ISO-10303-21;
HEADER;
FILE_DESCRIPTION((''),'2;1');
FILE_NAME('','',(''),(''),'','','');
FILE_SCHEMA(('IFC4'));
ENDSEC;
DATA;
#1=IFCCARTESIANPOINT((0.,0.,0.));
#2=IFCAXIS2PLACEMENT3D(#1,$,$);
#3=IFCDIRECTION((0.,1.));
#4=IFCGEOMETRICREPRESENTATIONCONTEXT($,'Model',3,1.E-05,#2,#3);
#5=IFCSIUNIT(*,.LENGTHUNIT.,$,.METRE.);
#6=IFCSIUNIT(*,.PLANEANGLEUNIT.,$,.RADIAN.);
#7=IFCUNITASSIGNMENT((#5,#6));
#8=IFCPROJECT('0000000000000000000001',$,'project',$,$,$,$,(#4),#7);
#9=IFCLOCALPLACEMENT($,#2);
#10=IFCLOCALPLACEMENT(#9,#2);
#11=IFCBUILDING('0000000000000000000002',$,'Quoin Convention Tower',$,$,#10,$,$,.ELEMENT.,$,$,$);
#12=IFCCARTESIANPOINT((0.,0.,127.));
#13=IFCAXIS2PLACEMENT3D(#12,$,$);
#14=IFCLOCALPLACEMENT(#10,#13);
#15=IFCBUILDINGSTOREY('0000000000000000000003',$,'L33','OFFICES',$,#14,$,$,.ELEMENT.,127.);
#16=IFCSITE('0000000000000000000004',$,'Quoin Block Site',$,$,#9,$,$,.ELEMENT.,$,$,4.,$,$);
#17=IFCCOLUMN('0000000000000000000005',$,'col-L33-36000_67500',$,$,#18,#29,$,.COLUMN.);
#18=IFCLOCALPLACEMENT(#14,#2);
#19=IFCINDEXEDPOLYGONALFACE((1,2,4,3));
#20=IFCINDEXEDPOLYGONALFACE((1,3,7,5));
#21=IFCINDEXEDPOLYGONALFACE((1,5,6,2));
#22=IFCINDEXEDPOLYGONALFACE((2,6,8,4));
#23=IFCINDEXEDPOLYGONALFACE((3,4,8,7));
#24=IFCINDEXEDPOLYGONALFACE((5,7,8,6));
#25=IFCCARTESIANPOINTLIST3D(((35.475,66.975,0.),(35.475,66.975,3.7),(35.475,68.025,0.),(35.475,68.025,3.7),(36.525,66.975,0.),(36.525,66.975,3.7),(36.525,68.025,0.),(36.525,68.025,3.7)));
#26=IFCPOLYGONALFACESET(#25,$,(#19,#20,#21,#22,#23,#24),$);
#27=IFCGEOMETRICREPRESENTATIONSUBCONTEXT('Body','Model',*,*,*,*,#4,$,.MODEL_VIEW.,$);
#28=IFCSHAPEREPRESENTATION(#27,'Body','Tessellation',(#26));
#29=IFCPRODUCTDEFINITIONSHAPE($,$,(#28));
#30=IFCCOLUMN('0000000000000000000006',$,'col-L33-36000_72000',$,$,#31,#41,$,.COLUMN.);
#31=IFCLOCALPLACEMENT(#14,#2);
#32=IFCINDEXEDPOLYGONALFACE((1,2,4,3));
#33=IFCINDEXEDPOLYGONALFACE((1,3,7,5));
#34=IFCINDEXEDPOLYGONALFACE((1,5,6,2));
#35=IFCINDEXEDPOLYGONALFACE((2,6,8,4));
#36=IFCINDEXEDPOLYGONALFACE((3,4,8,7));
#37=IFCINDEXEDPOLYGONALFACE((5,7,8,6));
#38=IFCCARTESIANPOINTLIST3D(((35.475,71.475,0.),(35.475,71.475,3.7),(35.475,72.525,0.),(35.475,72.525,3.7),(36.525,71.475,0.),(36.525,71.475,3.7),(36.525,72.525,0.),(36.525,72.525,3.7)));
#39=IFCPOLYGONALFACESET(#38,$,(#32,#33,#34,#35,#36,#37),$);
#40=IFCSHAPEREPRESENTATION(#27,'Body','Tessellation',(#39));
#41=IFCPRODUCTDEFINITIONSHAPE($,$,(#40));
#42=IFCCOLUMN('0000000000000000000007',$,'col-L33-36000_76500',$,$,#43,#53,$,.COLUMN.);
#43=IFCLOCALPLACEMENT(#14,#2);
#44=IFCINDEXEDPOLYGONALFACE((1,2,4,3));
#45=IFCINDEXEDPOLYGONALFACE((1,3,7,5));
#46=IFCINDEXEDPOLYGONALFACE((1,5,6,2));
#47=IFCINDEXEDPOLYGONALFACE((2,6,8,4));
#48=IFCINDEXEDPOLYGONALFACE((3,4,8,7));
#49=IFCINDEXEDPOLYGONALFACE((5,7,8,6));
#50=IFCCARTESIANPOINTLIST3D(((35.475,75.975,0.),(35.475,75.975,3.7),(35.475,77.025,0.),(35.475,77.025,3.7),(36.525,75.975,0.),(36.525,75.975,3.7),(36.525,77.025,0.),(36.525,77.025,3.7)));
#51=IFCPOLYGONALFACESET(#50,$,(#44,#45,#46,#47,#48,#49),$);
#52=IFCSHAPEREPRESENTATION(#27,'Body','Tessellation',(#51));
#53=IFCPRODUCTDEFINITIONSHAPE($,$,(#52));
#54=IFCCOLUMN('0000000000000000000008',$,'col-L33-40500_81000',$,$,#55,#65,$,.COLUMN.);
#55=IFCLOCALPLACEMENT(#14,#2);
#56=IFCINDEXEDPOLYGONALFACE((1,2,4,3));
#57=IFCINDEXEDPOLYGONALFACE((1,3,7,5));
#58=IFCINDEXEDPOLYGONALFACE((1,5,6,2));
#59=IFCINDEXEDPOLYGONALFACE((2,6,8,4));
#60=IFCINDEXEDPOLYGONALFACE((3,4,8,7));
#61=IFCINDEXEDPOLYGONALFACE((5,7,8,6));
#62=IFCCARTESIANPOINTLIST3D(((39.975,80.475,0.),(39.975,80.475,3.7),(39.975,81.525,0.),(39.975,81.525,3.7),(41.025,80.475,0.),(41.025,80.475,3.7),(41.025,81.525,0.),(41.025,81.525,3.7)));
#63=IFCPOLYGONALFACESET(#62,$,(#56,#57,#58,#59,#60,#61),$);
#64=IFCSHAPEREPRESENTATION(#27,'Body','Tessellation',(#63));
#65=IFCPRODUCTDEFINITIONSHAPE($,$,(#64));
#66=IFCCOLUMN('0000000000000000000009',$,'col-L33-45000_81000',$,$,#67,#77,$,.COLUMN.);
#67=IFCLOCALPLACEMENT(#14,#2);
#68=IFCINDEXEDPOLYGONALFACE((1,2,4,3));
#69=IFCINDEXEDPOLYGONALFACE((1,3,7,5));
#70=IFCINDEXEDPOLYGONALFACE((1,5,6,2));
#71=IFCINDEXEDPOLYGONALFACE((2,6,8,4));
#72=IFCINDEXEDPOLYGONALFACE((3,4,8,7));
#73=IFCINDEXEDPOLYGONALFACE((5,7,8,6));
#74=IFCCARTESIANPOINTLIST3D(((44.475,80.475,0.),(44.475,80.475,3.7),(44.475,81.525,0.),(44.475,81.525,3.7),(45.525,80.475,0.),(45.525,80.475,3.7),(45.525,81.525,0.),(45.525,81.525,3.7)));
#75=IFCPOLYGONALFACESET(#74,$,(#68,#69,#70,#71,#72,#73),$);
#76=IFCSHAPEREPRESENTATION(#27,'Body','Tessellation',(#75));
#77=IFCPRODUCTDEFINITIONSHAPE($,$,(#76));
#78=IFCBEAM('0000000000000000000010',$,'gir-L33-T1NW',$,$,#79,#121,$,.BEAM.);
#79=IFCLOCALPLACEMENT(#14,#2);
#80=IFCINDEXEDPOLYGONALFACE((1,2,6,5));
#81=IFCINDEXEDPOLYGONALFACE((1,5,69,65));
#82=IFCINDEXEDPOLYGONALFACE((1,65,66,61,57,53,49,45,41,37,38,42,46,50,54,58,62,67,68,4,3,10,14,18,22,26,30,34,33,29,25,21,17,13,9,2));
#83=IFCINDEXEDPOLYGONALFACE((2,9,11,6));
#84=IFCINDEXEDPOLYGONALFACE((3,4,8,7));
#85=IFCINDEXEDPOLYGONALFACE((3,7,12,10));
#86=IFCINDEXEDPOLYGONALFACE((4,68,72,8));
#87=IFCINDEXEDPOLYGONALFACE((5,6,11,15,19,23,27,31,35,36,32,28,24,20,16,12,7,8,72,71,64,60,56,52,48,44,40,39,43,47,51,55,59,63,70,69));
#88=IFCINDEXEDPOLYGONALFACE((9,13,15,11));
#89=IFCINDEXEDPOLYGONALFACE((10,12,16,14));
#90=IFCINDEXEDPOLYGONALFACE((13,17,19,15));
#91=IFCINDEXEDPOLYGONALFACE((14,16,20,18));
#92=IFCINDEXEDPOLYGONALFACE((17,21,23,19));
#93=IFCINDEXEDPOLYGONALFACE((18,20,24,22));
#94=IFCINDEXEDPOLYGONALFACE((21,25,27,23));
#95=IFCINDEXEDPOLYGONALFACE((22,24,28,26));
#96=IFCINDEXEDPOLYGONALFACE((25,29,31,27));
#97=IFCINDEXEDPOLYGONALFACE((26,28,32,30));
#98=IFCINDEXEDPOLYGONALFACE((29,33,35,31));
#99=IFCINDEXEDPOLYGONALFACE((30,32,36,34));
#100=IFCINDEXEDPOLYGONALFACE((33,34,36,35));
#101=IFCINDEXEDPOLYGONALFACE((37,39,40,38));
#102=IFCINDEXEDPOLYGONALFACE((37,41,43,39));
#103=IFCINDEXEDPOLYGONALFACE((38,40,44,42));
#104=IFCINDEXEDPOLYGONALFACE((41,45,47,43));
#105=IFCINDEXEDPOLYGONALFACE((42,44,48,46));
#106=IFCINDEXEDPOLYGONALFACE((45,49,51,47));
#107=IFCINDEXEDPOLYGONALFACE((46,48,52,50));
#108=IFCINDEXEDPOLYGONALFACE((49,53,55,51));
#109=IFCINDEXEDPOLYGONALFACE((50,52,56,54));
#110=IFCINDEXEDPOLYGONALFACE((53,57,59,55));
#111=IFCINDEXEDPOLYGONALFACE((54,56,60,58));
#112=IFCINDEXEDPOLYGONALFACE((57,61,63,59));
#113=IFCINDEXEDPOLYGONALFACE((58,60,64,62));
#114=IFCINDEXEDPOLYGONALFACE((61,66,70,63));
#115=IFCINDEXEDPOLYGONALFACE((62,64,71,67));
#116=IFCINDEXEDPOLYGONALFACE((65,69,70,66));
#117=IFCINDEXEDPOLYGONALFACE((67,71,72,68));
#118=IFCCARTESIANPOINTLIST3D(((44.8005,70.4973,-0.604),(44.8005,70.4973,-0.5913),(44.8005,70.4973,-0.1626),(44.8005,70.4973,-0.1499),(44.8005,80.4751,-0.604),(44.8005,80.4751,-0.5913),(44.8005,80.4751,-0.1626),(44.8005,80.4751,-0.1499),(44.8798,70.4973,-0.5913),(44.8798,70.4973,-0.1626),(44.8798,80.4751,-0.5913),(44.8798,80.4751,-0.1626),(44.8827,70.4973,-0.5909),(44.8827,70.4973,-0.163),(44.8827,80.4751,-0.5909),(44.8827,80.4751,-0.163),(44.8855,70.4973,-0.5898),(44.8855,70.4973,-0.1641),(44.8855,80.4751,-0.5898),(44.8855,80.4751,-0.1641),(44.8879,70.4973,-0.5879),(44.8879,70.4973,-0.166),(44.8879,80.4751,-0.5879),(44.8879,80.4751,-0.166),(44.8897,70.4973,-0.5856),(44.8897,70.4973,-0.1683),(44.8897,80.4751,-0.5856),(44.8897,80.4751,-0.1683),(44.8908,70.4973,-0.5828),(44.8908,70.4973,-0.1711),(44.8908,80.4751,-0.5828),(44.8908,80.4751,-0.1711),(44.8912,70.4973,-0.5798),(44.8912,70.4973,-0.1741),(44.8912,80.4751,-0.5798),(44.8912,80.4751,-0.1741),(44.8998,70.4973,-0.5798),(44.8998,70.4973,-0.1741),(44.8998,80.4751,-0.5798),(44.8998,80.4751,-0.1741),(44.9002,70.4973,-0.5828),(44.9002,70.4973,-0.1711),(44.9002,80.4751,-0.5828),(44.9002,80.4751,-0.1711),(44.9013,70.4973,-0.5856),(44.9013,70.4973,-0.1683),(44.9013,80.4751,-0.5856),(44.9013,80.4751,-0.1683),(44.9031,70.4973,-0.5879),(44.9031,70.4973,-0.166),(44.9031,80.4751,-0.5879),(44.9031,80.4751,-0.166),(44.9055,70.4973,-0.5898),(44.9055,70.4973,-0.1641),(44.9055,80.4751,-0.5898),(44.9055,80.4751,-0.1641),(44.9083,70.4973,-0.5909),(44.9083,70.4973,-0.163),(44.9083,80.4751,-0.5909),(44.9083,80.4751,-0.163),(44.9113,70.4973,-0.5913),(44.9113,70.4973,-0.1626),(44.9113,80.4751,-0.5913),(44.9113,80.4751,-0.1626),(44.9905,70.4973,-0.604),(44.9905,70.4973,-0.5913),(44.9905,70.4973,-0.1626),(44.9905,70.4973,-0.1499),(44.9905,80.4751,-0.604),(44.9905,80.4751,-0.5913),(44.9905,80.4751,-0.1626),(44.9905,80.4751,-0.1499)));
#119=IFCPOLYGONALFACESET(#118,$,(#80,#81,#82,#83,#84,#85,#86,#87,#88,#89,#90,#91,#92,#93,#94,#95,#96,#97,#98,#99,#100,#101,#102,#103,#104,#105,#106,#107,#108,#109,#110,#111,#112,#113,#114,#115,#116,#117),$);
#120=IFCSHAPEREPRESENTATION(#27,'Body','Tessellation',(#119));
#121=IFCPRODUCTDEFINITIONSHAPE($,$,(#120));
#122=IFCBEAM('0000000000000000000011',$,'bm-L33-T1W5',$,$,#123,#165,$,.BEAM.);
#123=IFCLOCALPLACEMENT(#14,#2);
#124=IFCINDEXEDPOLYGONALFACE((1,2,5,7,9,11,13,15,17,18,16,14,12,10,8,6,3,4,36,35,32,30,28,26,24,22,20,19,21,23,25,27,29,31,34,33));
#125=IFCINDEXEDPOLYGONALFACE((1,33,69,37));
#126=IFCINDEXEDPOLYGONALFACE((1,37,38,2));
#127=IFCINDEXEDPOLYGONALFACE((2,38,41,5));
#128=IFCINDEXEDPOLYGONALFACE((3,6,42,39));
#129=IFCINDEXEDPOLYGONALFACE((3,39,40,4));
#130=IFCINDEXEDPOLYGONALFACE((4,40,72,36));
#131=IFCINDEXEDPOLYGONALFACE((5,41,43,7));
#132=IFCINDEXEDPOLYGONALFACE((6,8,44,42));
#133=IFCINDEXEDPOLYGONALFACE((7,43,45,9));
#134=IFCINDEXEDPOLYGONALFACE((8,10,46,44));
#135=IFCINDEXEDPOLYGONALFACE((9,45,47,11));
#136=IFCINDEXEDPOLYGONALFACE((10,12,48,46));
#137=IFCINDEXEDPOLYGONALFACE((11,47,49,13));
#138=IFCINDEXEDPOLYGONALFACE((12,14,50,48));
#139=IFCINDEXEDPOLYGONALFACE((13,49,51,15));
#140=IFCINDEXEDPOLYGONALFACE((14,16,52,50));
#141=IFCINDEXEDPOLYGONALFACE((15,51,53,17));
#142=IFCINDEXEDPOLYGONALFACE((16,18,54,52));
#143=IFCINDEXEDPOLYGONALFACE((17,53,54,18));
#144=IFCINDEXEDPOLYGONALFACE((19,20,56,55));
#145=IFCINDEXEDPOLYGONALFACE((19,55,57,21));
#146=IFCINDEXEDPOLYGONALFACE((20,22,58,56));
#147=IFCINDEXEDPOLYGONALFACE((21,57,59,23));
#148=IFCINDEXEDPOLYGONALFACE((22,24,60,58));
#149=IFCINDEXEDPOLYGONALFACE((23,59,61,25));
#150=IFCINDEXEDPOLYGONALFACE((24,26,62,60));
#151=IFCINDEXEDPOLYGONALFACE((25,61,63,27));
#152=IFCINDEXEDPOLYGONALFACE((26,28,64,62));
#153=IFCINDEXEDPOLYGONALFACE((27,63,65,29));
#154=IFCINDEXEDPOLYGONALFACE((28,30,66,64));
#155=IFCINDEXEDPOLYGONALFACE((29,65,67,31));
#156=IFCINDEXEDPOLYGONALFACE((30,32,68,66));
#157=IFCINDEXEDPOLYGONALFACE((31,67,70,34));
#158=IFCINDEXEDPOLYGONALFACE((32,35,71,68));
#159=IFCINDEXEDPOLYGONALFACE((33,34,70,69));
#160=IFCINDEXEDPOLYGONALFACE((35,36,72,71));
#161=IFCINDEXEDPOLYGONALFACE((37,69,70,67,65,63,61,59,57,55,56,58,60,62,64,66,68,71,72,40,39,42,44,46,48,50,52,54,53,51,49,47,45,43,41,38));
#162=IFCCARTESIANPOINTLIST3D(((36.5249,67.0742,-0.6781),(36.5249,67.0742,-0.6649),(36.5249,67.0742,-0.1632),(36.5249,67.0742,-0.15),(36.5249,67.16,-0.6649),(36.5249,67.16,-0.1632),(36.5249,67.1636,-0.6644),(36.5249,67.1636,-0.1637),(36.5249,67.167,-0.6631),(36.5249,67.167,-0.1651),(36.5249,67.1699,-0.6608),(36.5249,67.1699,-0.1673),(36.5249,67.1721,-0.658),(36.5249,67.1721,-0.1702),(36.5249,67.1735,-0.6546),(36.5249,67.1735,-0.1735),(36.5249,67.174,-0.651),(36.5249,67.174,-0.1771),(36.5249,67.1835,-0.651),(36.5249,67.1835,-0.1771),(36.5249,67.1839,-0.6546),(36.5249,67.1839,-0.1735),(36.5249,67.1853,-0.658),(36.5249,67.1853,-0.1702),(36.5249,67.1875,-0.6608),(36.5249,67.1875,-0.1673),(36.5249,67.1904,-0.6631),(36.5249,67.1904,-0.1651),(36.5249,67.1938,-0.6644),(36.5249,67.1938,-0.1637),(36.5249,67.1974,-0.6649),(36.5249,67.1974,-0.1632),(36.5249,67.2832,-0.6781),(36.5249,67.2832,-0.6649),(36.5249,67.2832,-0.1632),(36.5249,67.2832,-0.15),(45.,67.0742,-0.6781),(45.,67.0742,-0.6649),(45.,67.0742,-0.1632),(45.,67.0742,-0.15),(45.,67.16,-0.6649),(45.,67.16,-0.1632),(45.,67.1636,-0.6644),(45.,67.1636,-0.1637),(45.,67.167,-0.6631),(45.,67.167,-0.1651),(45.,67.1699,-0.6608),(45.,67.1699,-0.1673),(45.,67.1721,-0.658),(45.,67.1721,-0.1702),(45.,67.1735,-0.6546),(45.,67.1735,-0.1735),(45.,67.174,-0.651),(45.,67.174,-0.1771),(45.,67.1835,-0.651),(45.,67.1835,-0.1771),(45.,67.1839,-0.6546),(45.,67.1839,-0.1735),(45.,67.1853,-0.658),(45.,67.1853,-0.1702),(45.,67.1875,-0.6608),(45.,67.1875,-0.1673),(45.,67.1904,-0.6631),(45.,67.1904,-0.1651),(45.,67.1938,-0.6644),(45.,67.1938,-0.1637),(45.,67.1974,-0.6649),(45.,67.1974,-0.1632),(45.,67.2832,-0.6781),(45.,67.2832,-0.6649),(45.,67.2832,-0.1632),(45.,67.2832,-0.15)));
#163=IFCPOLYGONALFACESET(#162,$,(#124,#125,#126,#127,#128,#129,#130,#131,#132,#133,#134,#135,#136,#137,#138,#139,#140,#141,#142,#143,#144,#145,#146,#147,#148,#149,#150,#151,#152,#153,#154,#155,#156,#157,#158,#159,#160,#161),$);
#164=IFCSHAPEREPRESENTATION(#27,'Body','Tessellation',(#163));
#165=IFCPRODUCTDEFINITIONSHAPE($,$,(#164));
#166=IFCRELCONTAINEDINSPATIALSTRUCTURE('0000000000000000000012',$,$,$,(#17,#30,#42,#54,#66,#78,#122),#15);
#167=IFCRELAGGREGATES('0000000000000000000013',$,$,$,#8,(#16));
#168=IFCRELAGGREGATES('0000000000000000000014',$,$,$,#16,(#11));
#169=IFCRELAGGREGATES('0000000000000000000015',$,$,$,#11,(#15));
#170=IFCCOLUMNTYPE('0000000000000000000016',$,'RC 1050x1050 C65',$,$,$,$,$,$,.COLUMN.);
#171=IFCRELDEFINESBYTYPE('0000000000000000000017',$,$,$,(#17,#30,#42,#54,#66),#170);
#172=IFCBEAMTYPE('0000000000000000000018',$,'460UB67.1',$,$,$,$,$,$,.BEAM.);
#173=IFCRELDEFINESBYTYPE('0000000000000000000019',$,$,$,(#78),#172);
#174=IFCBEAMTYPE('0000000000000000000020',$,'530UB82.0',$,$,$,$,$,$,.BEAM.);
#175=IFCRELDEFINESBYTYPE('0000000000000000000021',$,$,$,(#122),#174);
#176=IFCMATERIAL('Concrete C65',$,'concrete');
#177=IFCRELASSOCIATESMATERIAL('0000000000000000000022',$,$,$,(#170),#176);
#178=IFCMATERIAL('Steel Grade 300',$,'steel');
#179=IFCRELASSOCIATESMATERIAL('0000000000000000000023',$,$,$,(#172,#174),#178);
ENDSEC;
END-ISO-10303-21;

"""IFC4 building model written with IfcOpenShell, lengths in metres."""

from ifc_helpers import new_model, si_unit, direction, frame, origin, origin_2d, place, context, subcontext, project, spatial, rectangle, i_section, extrude, material, material_profile, profile_set, type_object, element, save


model = new_model("IFC4")

# Units and contexts
model_context = context("Model", 3, precision=1e-05, world=origin(), true_north=direction((0.0, 1.0)))
body_context = subcontext(model_context, "Body", "Model", "MODEL_VIEW")
ifc_project = project(units=[si_unit("LENGTHUNIT", "METRE"), si_unit("PLANEANGLEUNIT", "RADIAN")], contexts=[model_context])

# Site, building, storey
site_placement = place(None, origin())
site = spatial("IfcSite", under=ifc_project, at=site_placement, Name="Quoin Block Site", CompositionType="ELEMENT", RefElevation=4.0)
building_placement = place(site_placement, origin())
building = spatial("IfcBuilding", under=site, at=building_placement, Name="Quoin Convention Tower", CompositionType="ELEMENT")
storey_placement = place(building_placement, frame((0.0, 0.0, 127.0)))
storey = spatial("IfcBuildingStorey", under=building, at=storey_placement, Name="L33", Description="OFFICES", CompositionType="ELEMENT", Elevation=127.0)

# Columns
ifc_material_1 = material(Name="Concrete C65", Category="concrete")
ifc_material_profile_1 = material_profile(ifc_material_1, rectangle(XDim=1.05, YDim=1.05, at=origin_2d()), Name="RC 1050x1050")
ifc_profile_set_1 = profile_set([ifc_material_profile_1], Name="Concrete C65")
column_type = type_object("IfcColumnType", Name="RC 1050x1050 C65", PredefinedType="COLUMN", material=ifc_profile_set_1)
for number, where, z_axis, x_axis, name in (
    (1, (36.0, 67.5, 0.0), (0.0, 0.0, 1.0), (1.0, 0.0, 0.0), "col-L33-36000_67500"),
    (2, (36.0, 72.0, 0.0), (0.0, 0.0, 1.0), (1.0, 0.0, 0.0), "col-L33-36000_72000"),
    (3, (36.0, 76.5, 0.0), (0.0, 0.0, 1.0), (1.0, 0.0, 0.0), "col-L33-36000_76500"),
    (4, (40.5, 81.0, 0.0), (0.0, 0.0, 1.0), (1.0, 0.0, 0.0), "col-L33-40500_81000"),
    (5, (45.0, 81.0, 0.0), (0.0, 0.0, 1.0), (1.0, 0.0, 0.0), "col-L33-45000_81000"),
):
    element("IfcColumn", number, at=place(storey_placement, frame(where, z_axis=z_axis, x_axis=x_axis)), inside=storey, type_object=column_type, Name=name, PredefinedType="COLUMN", context=body_context, shape_type="SweptSolid", body=[
        extrude(rectangle(XDim=1.05, YDim=1.05, at=origin_2d()), origin(), (0.0, 0.0, 1.0), 3.7),
    ])

# Beams
ifc_material_2 = material(Name="Steel Grade 300", Category="steel")
ifc_material_profile_2 = material_profile(ifc_material_2, i_section(OverallWidth=0.1899, OverallDepth=0.4541, WebThickness=0.0085, FlangeThickness=0.0127, FilletRadius=0.0115, at=origin_2d()), Name="460UB67.1")
ifc_profile_set_2 = profile_set([ifc_material_profile_2], Name="Steel Grade 300")
beam_type_1 = type_object("IfcBeamType", Name="460UB67.1", PredefinedType="BEAM", material=ifc_profile_set_2)
beam_1_placement = place(storey_placement, frame((44.8955, 80.4751, -0.377), z_axis=(0.0, -1.0, 0.0), x_axis=(1.0, 0.0, 0.0)))
element("IfcBeam", 6, at=beam_1_placement, inside=storey, type_object=beam_type_1, Name="gir-L33-T1NW", PredefinedType="BEAM", context=body_context, shape_type="SweptSolid", body=[
    extrude(i_section(OverallWidth=0.1899, OverallDepth=0.4541, WebThickness=0.0085, FlangeThickness=0.0127, FilletRadius=0.0115, at=origin_2d()), origin(), (0.0, 0.0, 1.0), 9.9778),
])
ifc_material_profile_3 = material_profile(ifc_material_2, i_section(OverallWidth=0.209, OverallDepth=0.5281, WebThickness=0.0095, FlangeThickness=0.0132, FilletRadius=0.0139, at=origin_2d()), Name="530UB82.0")
ifc_profile_set_3 = profile_set([ifc_material_profile_3], Name="Steel Grade 300")
beam_type_2 = type_object("IfcBeamType", Name="530UB82.0", PredefinedType="BEAM", material=ifc_profile_set_3)
beam_2_placement = place(storey_placement, frame((36.5249, 67.1787, -0.4141), z_axis=(1.0, 0.0, 0.0), x_axis=(0.0, 1.0, 0.0)))
element("IfcBeam", 7, at=beam_2_placement, inside=storey, type_object=beam_type_2, Name="bm-L33-T1W5", PredefinedType="BEAM", context=body_context, shape_type="SweptSolid", body=[
    extrude(i_section(OverallWidth=0.209, OverallDepth=0.5281, WebThickness=0.0095, FlangeThickness=0.0132, FilletRadius=0.0139, at=origin_2d()), origin(), (0.0, 0.0, 1.0), 8.4751),
])

save(model, "model.ifc")
